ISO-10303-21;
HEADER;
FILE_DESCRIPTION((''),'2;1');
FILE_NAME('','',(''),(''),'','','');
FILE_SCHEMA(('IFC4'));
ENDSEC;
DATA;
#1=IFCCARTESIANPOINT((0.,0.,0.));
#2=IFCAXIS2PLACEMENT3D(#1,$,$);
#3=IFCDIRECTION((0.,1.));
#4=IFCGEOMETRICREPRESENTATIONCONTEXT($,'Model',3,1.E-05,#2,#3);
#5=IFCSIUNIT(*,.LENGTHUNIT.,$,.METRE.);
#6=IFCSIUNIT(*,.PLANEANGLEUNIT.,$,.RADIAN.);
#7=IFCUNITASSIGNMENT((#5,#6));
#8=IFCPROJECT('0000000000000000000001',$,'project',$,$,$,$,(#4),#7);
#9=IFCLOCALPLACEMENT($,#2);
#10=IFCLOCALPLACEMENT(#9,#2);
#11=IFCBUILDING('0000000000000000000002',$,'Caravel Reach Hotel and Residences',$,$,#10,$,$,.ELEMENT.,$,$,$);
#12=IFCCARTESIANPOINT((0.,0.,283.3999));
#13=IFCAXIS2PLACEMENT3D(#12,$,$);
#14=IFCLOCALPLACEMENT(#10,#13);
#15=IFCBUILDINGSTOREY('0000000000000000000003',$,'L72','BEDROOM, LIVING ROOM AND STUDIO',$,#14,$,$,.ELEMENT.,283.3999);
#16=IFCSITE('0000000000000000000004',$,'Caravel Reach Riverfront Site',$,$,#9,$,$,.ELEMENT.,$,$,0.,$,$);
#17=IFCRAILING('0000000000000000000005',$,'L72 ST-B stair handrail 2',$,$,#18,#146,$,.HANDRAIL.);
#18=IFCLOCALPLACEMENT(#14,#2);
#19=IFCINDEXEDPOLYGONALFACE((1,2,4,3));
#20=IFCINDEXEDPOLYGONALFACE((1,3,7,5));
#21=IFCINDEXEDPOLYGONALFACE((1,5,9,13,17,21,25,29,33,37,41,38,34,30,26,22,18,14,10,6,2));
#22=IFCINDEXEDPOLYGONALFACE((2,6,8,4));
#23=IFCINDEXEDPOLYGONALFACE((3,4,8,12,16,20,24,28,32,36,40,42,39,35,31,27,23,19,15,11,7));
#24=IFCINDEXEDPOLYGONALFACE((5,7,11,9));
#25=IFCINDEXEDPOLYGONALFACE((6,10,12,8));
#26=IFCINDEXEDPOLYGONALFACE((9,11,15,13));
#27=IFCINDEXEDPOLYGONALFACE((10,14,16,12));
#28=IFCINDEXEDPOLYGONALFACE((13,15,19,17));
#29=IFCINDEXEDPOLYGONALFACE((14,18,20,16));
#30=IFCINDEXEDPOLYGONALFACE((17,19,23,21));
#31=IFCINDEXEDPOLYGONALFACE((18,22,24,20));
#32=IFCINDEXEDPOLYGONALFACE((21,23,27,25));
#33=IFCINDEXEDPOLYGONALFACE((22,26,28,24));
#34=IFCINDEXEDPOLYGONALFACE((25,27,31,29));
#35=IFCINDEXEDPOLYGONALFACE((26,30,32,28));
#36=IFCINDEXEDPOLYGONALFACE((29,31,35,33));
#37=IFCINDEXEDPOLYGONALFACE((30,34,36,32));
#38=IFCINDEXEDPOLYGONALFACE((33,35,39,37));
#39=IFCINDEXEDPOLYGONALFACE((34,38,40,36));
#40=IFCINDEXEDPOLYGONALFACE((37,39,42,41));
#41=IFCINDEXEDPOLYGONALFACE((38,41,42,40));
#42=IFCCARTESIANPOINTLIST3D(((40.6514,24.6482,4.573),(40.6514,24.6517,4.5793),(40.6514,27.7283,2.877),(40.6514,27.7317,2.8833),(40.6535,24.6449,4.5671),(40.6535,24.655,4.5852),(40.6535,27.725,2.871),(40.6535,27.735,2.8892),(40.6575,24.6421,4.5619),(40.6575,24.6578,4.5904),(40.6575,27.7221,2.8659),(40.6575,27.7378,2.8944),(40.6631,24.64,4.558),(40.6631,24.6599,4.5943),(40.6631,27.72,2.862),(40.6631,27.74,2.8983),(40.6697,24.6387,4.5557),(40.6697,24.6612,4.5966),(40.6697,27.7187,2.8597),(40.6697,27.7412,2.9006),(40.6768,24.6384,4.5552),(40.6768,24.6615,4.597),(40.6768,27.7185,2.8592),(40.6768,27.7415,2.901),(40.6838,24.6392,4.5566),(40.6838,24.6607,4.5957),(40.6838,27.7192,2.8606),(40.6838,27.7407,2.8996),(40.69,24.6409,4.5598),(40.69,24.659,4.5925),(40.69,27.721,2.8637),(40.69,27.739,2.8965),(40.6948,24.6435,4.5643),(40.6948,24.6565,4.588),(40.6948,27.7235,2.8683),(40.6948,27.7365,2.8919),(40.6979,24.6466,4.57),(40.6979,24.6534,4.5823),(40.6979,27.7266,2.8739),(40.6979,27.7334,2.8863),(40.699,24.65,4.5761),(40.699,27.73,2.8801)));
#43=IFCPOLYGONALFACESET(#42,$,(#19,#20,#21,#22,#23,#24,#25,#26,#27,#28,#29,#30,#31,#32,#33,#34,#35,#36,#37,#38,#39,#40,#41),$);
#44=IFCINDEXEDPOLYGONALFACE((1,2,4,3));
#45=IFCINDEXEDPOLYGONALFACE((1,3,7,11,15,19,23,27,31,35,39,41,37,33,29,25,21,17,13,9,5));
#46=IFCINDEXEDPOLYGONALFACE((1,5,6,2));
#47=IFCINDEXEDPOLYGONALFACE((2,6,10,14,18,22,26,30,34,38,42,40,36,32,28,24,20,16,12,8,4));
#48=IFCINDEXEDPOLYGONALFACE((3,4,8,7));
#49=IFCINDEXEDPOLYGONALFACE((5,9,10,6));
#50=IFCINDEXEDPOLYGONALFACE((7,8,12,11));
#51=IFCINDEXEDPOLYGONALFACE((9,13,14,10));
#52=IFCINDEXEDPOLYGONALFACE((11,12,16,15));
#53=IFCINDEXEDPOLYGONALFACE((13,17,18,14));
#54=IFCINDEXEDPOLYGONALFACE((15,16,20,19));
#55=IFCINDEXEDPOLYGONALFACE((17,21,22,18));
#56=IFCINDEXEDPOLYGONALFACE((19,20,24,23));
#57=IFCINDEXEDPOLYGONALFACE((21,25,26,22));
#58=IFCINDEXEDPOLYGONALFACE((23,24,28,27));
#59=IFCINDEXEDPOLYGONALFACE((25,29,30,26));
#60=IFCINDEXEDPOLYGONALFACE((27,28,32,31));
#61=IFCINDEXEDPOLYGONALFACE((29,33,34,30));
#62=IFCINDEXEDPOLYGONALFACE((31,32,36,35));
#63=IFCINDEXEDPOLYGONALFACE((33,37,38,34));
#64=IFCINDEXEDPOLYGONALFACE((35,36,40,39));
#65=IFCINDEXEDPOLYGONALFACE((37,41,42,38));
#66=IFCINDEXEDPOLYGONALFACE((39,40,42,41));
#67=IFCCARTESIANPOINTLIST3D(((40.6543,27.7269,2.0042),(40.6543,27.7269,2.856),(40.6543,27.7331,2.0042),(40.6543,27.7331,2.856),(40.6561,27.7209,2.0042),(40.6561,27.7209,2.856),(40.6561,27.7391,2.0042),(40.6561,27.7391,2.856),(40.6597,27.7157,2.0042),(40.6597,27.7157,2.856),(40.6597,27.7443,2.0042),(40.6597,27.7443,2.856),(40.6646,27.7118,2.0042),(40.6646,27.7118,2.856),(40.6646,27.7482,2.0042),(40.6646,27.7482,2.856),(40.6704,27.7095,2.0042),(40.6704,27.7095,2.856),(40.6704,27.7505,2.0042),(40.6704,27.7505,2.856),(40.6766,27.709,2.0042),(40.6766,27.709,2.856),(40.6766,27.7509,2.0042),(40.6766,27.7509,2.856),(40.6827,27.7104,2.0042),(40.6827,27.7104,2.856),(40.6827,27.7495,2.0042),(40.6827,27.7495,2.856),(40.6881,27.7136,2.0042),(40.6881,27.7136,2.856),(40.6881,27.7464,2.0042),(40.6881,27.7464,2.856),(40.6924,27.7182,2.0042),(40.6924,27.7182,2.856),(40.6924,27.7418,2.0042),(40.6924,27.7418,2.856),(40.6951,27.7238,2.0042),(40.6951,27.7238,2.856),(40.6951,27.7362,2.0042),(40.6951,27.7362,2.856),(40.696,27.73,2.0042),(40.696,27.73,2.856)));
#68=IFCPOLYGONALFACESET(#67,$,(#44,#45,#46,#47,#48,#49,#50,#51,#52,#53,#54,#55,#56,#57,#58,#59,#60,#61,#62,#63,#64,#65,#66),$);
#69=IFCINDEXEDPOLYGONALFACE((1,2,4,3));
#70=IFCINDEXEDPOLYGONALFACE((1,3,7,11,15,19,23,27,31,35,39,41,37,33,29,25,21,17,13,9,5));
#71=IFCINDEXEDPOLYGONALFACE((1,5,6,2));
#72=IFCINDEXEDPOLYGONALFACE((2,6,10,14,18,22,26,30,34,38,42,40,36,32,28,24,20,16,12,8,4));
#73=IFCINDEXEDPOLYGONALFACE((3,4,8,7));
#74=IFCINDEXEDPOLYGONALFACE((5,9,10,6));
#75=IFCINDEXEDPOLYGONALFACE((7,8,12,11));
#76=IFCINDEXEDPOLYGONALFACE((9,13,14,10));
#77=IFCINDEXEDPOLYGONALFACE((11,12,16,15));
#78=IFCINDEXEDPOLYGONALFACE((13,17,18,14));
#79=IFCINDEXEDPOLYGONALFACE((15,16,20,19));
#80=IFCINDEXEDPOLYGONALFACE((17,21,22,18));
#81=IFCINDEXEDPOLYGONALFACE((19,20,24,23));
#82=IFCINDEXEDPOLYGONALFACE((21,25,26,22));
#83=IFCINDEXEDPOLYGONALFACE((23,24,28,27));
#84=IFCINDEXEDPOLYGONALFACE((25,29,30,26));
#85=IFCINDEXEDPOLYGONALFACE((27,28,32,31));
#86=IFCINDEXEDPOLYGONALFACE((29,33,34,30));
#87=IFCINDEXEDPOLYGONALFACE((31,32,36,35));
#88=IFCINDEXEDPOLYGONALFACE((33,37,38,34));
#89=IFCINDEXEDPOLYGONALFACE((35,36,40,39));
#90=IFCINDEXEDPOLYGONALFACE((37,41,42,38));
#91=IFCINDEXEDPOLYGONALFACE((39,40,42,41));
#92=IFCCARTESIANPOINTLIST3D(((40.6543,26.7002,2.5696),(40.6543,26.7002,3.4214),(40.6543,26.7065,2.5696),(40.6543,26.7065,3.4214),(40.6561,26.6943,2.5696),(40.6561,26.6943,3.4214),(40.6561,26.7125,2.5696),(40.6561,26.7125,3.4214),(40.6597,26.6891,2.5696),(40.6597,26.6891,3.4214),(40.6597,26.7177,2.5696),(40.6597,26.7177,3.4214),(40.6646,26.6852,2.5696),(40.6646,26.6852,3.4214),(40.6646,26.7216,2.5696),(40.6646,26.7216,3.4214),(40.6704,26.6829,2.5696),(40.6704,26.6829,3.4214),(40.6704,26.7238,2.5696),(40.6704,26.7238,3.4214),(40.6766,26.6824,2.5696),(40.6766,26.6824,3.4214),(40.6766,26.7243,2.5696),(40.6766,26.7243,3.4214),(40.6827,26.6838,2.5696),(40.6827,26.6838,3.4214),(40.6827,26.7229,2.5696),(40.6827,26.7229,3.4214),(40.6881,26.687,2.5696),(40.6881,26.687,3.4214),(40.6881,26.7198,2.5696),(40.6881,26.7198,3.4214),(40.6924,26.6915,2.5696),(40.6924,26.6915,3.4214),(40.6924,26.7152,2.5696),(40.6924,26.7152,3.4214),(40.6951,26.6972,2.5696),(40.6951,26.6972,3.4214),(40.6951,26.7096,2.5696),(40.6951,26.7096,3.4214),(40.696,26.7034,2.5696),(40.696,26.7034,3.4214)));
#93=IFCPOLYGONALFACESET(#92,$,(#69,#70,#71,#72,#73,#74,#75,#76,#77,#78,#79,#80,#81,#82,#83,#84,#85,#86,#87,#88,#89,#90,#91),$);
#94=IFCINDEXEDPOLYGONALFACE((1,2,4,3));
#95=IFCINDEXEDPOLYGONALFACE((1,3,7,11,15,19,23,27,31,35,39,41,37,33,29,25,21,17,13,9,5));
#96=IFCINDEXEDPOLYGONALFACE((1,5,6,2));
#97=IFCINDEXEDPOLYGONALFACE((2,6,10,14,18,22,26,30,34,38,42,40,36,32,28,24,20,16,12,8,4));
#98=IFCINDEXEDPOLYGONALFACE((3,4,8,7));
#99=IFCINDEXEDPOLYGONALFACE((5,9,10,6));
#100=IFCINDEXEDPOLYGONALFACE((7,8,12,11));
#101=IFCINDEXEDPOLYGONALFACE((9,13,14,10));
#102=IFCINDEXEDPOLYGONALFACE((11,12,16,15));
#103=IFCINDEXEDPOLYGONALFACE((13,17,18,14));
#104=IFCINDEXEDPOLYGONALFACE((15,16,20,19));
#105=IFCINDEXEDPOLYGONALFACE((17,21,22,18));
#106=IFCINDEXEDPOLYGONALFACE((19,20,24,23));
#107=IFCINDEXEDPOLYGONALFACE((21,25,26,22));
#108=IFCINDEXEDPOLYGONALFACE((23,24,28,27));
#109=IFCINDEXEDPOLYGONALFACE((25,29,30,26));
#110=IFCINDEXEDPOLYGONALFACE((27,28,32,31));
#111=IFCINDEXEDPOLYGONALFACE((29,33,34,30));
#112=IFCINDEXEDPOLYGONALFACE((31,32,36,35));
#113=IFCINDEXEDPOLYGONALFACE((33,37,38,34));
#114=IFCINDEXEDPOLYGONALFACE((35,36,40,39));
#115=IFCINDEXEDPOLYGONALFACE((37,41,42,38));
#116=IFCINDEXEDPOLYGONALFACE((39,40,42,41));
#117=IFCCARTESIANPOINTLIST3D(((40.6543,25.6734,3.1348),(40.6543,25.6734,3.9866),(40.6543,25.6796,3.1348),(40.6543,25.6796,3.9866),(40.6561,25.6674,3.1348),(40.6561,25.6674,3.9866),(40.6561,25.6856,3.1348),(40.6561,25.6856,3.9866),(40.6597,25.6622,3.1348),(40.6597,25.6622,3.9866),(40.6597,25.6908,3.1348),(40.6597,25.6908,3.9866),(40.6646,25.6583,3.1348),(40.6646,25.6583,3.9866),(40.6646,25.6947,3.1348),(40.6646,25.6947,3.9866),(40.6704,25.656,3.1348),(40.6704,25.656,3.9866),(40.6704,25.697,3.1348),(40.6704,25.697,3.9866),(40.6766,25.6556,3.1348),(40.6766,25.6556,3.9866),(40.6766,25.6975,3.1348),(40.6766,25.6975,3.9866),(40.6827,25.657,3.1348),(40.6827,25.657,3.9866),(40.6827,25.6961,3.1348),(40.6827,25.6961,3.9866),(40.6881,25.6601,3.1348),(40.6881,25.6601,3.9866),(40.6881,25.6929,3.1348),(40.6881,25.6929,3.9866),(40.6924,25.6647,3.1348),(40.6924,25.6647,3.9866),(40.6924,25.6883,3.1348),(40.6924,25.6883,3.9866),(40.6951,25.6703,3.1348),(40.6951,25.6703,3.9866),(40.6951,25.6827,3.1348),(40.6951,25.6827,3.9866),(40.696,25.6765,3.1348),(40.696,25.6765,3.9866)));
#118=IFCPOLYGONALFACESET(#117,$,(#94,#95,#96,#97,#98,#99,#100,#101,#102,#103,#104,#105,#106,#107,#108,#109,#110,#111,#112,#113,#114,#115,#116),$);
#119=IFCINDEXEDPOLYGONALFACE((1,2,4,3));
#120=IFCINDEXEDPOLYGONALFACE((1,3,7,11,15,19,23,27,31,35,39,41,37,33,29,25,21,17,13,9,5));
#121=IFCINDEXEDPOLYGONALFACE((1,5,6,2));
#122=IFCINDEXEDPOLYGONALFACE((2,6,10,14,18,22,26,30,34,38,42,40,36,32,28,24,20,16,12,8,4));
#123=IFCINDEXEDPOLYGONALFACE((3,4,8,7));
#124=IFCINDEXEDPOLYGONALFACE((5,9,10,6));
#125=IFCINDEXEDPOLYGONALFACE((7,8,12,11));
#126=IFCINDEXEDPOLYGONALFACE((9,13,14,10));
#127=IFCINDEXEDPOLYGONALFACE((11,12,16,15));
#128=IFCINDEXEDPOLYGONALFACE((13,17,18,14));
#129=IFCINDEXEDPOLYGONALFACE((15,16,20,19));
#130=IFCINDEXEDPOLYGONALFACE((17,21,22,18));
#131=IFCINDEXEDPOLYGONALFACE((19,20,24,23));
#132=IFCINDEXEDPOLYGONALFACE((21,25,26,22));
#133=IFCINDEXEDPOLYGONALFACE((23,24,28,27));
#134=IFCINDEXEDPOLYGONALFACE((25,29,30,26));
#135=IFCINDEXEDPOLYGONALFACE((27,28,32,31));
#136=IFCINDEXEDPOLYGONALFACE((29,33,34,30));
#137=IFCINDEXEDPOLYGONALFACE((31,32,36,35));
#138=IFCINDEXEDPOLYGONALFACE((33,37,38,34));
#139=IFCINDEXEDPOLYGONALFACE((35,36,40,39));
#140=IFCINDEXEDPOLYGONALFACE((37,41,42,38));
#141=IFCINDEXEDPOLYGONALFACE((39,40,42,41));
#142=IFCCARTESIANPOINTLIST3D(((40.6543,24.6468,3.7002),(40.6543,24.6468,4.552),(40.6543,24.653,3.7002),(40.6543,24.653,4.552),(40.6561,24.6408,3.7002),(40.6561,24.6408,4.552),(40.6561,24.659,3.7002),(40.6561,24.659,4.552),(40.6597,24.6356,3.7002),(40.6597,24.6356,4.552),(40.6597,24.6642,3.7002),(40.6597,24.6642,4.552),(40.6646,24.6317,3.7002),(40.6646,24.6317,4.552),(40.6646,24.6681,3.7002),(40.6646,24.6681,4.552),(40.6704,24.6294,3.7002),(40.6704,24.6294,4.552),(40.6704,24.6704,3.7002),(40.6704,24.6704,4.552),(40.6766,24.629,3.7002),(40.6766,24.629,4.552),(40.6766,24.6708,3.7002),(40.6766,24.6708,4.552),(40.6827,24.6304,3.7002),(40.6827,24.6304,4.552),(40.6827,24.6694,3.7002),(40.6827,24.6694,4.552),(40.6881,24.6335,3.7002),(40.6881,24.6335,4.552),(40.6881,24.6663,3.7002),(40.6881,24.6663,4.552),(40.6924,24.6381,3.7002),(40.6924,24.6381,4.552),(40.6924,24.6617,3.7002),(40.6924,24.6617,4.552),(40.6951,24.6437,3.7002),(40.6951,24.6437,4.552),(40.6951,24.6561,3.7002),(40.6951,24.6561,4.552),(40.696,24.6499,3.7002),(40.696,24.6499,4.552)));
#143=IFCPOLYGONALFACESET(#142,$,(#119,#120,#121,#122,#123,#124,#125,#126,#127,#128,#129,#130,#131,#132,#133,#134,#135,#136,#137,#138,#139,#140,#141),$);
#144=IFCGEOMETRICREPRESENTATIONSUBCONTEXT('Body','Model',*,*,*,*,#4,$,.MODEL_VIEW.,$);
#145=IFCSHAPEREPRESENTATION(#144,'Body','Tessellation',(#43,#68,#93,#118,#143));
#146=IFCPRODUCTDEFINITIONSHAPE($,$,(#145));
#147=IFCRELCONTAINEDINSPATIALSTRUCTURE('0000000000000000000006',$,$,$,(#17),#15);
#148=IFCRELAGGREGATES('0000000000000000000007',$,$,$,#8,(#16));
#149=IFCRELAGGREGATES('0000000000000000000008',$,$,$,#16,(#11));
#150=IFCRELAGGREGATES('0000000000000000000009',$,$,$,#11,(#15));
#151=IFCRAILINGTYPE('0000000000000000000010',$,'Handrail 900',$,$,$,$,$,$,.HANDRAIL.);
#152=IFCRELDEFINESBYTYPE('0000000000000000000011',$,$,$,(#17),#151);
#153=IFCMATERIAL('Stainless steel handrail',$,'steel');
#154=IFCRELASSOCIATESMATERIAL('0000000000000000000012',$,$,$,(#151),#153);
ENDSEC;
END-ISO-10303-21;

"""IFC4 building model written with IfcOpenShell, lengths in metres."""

from ifc_helpers import new_model, si_unit, direction, frame, origin, origin_2d, place, context, subcontext, project, spatial, circle, extrude, material, type_object, element, save


model = new_model("IFC4")

# Units and contexts
model_context = context("Model", 3, precision=1e-05, world=origin(), true_north=direction((0.0, 1.0)))
body_context = subcontext(model_context, "Body", "Model", "MODEL_VIEW")
ifc_project = project(units=[si_unit("LENGTHUNIT", "METRE"), si_unit("PLANEANGLEUNIT", "RADIAN")], contexts=[model_context])

# Site, building, storey
site_placement = place(None, origin())
site = spatial("IfcSite", under=ifc_project, at=site_placement, Name="Caravel Reach Riverfront Site", CompositionType="ELEMENT", RefElevation=0.0)
building_placement = place(site_placement, origin())
building = spatial("IfcBuilding", under=site, at=building_placement, Name="Caravel Reach Hotel and Residences", CompositionType="ELEMENT")
storey_placement = place(building_placement, frame((0.0, 0.0, 283.3999)))
storey = spatial("IfcBuildingStorey", under=building, at=storey_placement, Name="L72", Description="BEDROOM, LIVING ROOM AND STUDIO", CompositionType="ELEMENT", Elevation=283.3999)

# Railing
ifc_material_1 = material(Name="Stainless steel handrail", Category="steel")
railing_type_1 = type_object("IfcRailingType", Name="Handrail 900", PredefinedType="HANDRAIL", material=ifc_material_1)
railing_1_placement = place(storey_placement, frame((40.675, 27.73, 2.0042)))
element("IfcRailing", 1, at=railing_1_placement, inside=storey, type_object=railing_type_1, Name="L72 ST-B stair handrail 2", PredefinedType="HANDRAIL", context=body_context, shape_type="SweptSolid", body=[
    extrude(circle(Radius=0.0239, at=origin_2d()), frame((0.0, 0.0, 0.876), z_axis=(0.0, -0.875975, 0.482356), x_axis=(1.0, 0.0, 0.0)), (0.0, 0.0, 1.0), 3.5161),
    extrude(circle(Radius=0.021, at=origin_2d()), origin(), (0.0, 0.0, 1.0), 0.8518),
    extrude(circle(Radius=0.021, at=origin_2d()), frame((0.0, -1.0266, 0.5654)), (0.0, 0.0, 1.0), 0.8518),
    extrude(circle(Radius=0.021, at=origin_2d()), frame((0.0, -2.0535, 1.1306)), (0.0, 0.0, 1.0), 0.8518),
    extrude(circle(Radius=0.021, at=origin_2d()), frame((0.0, -3.0801, 1.696)), (0.0, 0.0, 1.0), 0.8518),
])

save(model, "model.ifc")
